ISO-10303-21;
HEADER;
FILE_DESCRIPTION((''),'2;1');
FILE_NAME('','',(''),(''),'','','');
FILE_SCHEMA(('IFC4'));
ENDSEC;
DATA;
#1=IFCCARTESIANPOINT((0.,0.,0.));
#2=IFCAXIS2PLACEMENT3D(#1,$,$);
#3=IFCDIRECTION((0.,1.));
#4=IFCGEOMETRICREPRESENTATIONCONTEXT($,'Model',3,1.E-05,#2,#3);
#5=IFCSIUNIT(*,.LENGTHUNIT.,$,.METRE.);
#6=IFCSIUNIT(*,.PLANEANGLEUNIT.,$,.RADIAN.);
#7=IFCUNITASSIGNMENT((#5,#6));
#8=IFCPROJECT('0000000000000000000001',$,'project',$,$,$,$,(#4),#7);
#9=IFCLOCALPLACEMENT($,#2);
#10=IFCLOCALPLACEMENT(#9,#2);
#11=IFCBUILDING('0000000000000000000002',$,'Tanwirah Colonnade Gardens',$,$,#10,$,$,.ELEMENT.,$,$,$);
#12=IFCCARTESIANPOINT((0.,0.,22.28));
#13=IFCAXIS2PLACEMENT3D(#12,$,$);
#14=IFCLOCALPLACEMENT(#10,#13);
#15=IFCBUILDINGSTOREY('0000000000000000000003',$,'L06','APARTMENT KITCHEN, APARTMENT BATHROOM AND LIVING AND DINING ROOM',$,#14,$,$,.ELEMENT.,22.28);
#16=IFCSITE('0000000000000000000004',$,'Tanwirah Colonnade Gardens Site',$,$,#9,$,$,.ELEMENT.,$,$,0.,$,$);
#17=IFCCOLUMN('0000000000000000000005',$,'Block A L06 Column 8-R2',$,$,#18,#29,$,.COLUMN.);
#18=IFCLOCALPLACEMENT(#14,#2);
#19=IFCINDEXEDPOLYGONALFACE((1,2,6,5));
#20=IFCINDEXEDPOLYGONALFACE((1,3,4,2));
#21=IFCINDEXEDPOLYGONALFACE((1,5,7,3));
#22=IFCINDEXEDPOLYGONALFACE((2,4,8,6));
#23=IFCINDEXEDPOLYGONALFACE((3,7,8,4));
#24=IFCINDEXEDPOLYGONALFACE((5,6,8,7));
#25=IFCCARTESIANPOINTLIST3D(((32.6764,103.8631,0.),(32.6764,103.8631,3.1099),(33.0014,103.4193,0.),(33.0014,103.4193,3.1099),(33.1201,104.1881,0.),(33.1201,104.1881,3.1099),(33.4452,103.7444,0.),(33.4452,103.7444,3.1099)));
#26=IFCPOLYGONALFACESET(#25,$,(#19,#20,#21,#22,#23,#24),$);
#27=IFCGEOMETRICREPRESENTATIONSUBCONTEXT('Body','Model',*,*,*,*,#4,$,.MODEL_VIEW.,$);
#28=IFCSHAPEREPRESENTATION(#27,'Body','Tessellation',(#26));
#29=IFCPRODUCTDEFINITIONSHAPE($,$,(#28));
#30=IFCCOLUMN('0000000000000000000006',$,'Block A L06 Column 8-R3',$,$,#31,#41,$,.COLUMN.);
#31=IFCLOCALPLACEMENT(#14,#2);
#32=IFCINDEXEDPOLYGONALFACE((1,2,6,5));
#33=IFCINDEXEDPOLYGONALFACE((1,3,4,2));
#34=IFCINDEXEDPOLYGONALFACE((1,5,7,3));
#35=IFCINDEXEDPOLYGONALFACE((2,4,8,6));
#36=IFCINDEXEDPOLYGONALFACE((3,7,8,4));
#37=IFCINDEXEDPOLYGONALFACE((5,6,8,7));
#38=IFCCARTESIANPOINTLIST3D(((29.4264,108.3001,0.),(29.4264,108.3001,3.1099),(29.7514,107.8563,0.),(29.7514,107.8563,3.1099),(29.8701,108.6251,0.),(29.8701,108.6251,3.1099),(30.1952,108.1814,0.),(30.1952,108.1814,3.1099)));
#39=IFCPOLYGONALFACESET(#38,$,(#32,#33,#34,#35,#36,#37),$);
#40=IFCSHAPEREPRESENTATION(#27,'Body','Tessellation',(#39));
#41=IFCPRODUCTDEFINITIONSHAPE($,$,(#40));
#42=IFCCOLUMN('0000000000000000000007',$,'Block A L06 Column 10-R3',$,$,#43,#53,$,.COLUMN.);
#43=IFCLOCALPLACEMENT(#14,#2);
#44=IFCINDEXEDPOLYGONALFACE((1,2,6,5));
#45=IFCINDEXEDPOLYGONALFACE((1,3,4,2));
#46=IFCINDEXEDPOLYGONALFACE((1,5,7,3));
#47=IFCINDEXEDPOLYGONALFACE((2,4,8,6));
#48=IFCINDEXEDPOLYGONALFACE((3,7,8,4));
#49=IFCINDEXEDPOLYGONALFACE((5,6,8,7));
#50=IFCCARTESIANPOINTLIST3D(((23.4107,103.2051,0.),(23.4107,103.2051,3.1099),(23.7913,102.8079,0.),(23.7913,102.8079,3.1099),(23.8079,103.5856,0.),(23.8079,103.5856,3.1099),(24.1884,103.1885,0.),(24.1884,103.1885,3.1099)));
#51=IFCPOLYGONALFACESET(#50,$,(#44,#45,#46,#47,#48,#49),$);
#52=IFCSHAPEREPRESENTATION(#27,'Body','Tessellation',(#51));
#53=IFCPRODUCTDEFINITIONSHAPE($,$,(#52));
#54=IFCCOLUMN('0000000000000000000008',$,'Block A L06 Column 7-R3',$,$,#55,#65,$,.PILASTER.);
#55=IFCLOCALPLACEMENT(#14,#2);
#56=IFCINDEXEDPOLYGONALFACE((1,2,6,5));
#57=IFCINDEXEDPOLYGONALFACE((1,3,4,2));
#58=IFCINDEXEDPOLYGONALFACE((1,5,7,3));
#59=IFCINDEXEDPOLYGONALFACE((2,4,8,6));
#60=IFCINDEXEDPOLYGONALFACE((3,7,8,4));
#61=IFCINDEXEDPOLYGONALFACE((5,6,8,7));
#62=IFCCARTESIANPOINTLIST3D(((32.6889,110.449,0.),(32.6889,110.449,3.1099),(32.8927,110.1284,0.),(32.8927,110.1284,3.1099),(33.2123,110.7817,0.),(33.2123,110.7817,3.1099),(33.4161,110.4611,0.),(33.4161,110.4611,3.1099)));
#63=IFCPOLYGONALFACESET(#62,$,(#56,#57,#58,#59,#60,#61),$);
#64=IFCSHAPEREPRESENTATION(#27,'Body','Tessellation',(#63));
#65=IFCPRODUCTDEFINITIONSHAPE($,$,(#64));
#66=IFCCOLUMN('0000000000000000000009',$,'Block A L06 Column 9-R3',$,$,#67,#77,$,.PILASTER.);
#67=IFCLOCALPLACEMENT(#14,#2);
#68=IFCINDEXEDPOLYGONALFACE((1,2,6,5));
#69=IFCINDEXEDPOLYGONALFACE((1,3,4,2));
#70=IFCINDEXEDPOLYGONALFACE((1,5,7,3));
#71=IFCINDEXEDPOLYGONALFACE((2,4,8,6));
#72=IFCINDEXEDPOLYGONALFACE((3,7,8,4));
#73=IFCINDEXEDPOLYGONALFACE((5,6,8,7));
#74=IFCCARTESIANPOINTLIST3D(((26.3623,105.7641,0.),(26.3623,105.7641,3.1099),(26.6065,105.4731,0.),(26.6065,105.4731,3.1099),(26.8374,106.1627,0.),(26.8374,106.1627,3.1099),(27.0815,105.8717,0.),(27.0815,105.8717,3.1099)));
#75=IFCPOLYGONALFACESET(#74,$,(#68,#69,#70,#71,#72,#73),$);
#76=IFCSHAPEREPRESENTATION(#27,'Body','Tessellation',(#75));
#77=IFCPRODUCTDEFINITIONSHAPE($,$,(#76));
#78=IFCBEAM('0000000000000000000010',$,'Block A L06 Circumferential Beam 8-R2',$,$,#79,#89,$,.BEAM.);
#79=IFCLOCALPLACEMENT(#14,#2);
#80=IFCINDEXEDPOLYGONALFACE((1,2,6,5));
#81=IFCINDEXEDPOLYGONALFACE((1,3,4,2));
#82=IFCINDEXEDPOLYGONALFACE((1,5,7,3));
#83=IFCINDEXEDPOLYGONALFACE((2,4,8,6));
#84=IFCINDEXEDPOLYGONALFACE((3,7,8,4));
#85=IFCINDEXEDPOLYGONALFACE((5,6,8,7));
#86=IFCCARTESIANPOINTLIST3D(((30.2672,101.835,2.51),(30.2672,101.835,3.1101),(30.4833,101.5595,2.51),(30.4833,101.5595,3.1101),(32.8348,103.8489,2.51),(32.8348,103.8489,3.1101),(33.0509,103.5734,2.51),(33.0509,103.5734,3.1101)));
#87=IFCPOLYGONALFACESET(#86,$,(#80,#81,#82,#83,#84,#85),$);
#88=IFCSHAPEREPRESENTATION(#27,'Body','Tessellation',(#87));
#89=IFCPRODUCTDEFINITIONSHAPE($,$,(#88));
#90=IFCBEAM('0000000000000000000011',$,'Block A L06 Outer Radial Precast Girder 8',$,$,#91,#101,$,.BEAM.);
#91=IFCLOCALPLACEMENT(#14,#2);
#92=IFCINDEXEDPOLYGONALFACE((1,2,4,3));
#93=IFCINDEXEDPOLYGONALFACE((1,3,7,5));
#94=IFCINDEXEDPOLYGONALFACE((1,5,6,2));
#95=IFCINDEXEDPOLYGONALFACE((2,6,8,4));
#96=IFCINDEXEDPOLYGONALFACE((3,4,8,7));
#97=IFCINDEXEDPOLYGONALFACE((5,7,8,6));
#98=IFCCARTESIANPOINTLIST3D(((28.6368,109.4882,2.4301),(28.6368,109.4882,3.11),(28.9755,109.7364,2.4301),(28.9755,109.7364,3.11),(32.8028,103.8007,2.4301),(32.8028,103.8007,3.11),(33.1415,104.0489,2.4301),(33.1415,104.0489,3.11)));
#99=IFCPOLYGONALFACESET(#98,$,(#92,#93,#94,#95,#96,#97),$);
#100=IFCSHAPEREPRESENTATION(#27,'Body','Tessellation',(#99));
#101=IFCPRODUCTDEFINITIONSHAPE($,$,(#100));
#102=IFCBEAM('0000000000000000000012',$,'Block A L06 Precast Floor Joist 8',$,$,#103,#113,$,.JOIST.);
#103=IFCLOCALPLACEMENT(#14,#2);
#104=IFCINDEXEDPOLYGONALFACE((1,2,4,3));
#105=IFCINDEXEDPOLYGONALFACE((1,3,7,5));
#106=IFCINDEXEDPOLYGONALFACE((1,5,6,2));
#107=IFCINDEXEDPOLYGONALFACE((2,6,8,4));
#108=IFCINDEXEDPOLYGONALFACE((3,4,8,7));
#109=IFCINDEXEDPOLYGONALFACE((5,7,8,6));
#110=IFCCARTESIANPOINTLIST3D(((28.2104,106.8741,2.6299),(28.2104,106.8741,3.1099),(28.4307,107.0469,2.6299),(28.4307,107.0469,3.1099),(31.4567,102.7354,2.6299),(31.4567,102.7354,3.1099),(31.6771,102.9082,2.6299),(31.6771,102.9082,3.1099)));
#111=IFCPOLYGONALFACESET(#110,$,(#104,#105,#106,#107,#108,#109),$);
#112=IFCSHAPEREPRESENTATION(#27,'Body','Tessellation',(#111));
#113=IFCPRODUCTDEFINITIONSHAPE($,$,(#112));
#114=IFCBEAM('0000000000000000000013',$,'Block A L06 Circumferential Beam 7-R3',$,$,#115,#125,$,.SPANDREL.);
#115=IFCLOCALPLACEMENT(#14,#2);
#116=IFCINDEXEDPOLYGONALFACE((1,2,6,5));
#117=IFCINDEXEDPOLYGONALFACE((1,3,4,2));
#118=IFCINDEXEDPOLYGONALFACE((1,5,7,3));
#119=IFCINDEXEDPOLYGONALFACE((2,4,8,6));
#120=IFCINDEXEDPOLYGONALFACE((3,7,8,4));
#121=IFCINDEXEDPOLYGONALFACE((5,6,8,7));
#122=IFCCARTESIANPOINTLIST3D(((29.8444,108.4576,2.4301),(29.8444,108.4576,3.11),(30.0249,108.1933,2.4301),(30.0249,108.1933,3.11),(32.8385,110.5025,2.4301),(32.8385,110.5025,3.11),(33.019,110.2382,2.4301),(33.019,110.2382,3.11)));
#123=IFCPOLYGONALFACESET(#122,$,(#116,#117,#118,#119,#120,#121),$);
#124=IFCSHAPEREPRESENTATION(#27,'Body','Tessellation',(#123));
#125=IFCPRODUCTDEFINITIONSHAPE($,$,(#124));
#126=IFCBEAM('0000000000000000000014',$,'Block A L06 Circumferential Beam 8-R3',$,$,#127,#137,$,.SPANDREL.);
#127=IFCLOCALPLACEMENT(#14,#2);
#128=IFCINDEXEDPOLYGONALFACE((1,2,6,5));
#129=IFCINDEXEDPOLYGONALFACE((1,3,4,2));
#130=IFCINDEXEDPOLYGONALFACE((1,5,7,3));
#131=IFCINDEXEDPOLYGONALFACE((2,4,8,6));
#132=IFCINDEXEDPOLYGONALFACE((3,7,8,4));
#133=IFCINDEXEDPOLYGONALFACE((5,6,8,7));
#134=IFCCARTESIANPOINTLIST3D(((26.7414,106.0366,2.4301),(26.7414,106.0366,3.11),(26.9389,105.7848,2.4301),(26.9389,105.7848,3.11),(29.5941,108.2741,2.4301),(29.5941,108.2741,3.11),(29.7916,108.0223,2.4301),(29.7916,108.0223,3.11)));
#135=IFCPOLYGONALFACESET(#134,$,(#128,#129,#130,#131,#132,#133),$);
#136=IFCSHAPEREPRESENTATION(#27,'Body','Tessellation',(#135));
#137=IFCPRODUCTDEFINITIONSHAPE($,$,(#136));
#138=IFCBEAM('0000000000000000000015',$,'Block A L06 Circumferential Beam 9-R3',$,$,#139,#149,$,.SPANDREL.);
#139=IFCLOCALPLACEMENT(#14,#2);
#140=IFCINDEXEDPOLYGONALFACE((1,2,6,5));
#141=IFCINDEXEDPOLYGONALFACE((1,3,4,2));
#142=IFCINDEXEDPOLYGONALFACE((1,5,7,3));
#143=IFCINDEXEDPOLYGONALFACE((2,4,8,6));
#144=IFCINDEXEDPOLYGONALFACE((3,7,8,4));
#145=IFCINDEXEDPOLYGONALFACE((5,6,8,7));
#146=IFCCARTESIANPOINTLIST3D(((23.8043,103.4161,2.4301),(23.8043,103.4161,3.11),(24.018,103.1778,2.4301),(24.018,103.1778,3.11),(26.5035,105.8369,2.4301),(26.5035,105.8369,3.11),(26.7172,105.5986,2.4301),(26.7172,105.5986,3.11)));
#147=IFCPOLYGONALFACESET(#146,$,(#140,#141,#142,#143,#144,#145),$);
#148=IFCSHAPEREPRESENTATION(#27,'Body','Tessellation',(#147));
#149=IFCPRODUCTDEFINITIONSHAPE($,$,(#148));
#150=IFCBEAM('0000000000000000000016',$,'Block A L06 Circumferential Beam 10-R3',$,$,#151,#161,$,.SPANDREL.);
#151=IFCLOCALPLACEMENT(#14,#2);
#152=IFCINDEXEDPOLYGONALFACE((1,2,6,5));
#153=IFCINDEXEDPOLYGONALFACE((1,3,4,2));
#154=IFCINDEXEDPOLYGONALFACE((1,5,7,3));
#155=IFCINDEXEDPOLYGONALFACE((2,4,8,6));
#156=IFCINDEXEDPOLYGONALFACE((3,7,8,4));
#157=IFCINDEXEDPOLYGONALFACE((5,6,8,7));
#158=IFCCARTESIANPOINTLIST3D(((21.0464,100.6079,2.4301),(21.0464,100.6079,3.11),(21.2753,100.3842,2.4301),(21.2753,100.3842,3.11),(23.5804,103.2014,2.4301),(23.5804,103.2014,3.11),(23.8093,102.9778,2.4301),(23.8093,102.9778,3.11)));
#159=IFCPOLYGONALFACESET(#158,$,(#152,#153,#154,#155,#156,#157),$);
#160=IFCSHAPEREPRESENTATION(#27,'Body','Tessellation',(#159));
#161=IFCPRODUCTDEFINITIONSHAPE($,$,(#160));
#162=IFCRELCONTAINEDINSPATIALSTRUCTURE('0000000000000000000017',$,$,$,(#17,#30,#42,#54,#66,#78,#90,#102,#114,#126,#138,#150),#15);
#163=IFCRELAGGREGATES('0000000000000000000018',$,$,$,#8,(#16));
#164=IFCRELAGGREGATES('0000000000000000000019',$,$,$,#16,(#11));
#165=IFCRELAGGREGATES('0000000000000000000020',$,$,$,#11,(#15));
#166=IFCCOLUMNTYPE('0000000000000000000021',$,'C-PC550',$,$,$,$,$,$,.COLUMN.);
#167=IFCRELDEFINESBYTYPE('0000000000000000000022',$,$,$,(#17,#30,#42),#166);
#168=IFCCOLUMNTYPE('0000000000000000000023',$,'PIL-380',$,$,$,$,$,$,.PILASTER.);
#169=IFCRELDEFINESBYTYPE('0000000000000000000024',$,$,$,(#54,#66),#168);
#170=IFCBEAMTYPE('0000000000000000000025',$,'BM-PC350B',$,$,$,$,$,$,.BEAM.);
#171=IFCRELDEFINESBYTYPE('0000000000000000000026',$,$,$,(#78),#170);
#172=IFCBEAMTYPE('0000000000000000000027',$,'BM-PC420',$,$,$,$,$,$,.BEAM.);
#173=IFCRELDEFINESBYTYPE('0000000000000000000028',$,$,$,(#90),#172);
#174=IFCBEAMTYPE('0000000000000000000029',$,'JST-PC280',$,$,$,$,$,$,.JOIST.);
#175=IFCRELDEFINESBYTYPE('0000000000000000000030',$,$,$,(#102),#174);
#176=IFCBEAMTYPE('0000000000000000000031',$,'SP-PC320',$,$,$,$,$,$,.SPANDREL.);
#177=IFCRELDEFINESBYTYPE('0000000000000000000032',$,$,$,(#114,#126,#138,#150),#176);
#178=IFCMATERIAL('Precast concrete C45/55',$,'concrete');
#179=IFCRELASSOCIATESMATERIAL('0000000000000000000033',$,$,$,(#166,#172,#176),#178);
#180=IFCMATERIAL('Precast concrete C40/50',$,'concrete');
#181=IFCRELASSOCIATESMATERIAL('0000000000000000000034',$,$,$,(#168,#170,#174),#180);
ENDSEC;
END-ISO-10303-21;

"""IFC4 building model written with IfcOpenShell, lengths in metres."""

from ifc_helpers import new_model, si_unit, direction, frame, origin, origin_2d, place, context, subcontext, project, spatial, rectangle, extrude, material, material_profile, profile_set, type_object, element, save


model = new_model("IFC4")

# Units and contexts
model_context = context("Model", 3, precision=1e-05, world=origin(), true_north=direction((0.0, 1.0)))
body_context = subcontext(model_context, "Body", "Model", "MODEL_VIEW")
ifc_project = project(units=[si_unit("LENGTHUNIT", "METRE"), si_unit("PLANEANGLEUNIT", "RADIAN")], contexts=[model_context])

# Site, building, storey
site_placement = place(None, origin())
site = spatial("IfcSite", under=ifc_project, at=site_placement, Name="Tanwirah Colonnade Gardens Site", CompositionType="ELEMENT", RefElevation=0.0)
building_placement = place(site_placement, origin())
building = spatial("IfcBuilding", under=site, at=building_placement, Name="Tanwirah Colonnade Gardens", CompositionType="ELEMENT")
storey_placement = place(building_placement, frame((0.0, 0.0, 22.28)))
storey = spatial("IfcBuildingStorey", under=building, at=storey_placement, Name="L06", Description="APARTMENT KITCHEN, APARTMENT BATHROOM AND LIVING AND DINING ROOM", CompositionType="ELEMENT", Elevation=22.28)

# Columns
ifc_material_1 = material(Name="Precast concrete C45/55", Category="concrete")
ifc_material_profile_1 = material_profile(ifc_material_1, rectangle(XDim=0.55, YDim=0.55, at=origin_2d()), Name="PC-COL 550x550")
ifc_profile_set_1 = profile_set([ifc_material_profile_1], Name="Precast concrete C45/55")
column_type_1 = type_object("IfcColumnType", Name="C-PC550", PredefinedType="COLUMN", material=ifc_profile_set_1)
for number, where, z_axis, x_axis, name in (
    (1, (33.0608, 103.8037, 0.0), (0.0, 0.0, 1.0), (-0.590919, 0.806731, 0.0), "Block A L06 Column 8-R2"),
    (2, (29.8108, 108.2407, 0.0), (0.0, 0.0, 1.0), (-0.590919, 0.806731, 0.0), "Block A L06 Column 8-R3"),
    (3, (23.7996, 103.1968, 0.0), (0.0, 0.0, 1.0), (-0.691863, 0.722029, 0.0), "Block A L06 Column 10-R3"),
):
    element("IfcColumn", number, at=place(storey_placement, frame(where, z_axis=z_axis, x_axis=x_axis)), inside=storey, type_object=column_type_1, Name=name, PredefinedType="COLUMN", context=body_context, shape_type="SweptSolid", body=[
        extrude(rectangle(XDim=0.55, YDim=0.55, at=origin_2d()), origin(), (0.0, 0.0, 1.0), 3.1099),
    ])
ifc_material_2 = material(Name="Precast concrete C40/50", Category="concrete")
ifc_material_profile_2 = material_profile(ifc_material_2, rectangle(XDim=0.3799, YDim=0.6201, at=origin_2d()), Name="PC-PIL 380x620")
ifc_profile_set_2 = profile_set([ifc_material_profile_2], Name="Precast concrete C40/50")
column_type_2 = type_object("IfcColumnType", Name="PIL-380", PredefinedType="PILASTER", material=ifc_profile_set_2)
for number, where, z_axis, x_axis, name in (
    (4, (33.0525, 110.4551, 0.0), (0.0, 0.0, 1.0), (-0.536482, 0.843912, 0.0), "Block A L06 Column 7-R3"),
    (5, (26.7219, 105.8179, 0.0), (0.0, 0.0, 1.0), (-0.642788, 0.766044, 0.0), "Block A L06 Column 9-R3"),
):
    element("IfcColumn", number, at=place(storey_placement, frame(where, z_axis=z_axis, x_axis=x_axis)), inside=storey, type_object=column_type_2, Name=name, PredefinedType="PILASTER", context=body_context, shape_type="SweptSolid", body=[
        extrude(rectangle(XDim=0.3799, YDim=0.6201, at=origin_2d()), origin(), (0.0, 0.0, 1.0), 3.1099),
    ])

# Beams
ifc_material_profile_3 = material_profile(ifc_material_2, rectangle(XDim=0.3501, YDim=0.6001, at=origin_2d()), Name="PC-BM 350x600")
ifc_profile_set_3 = profile_set([ifc_material_profile_3], Name="Precast concrete C40/50")
beam_type_1 = type_object("IfcBeamType", Name="BM-PC350B", PredefinedType="BEAM", material=ifc_profile_set_3)
beam_1_placement = place(storey_placement, frame((32.9429, 103.7112, 2.8101), z_axis=(-0.78684, -0.617157, 0.0), x_axis=(0.617157, -0.78684, 0.0)))
element("IfcBeam", 6, at=beam_1_placement, inside=storey, type_object=beam_type_1, Name="Block A L06 Circumferential Beam 8-R2", PredefinedType="BEAM", context=body_context, shape_type="SweptSolid", body=[
    extrude(rectangle(XDim=0.3501, YDim=0.6001, at=origin_2d()), origin(), (0.0, 0.0, 1.0), 3.2632),
])
ifc_material_profile_4 = material_profile(ifc_material_1, rectangle(XDim=0.4199, YDim=0.6799, at=origin_2d()), Name="PC-BM 420x680")
ifc_profile_set_4 = profile_set([ifc_material_profile_4], Name="Precast concrete C45/55")
beam_type_2 = type_object("IfcBeamType", Name="BM-PC420", PredefinedType="BEAM", material=ifc_profile_set_4)
beam_2_placement = place(storey_placement, frame((32.9722, 103.9248, 2.77), z_axis=(-0.590919, 0.806731, 0.0), x_axis=(-0.806731, -0.590919, 0.0)))
element("IfcBeam", 7, at=beam_2_placement, inside=storey, type_object=beam_type_2, Name="Block A L06 Outer Radial Precast Girder 8", PredefinedType="BEAM", context=body_context, shape_type="SweptSolid", body=[
    extrude(rectangle(XDim=0.4199, YDim=0.6799, at=origin_2d()), origin(), (0.0, 0.0, 1.0), 7.05),
])
ifc_material_profile_5 = material_profile(ifc_material_2, rectangle(XDim=0.28, YDim=0.48, at=origin_2d()), Name="PC-JST 280x480")
ifc_profile_set_5 = profile_set([ifc_material_profile_5], Name="Precast concrete C40/50")
beam_type_3 = type_object("IfcBeamType", Name="JST-PC280", PredefinedType="JOIST", material=ifc_profile_set_5)
beam_3_placement = place(storey_placement, frame((31.5669, 102.8218, 2.8699), z_axis=(-0.617178, 0.786824, 0.0), x_axis=(-0.786824, -0.617178, 0.0)))
element("IfcBeam", 8, at=beam_3_placement, inside=storey, type_object=beam_type_3, Name="Block A L06 Precast Floor Joist 8", PredefinedType="JOIST", context=body_context, shape_type="SweptSolid", body=[
    extrude(rectangle(XDim=0.28, YDim=0.48, at=origin_2d()), origin(), (0.0, 0.0, 1.0), 5.26),
])
ifc_material_profile_6 = material_profile(ifc_material_1, rectangle(XDim=0.3201, YDim=0.6799, at=origin_2d()), Name="PC-SP 320x680")
ifc_profile_set_6 = profile_set([ifc_material_profile_6], Name="Precast concrete C45/55")
beam_type_4 = type_object("IfcBeamType", Name="SP-PC320", PredefinedType="SPANDREL", material=ifc_profile_set_6)
beam_4_placement = place(storey_placement, frame((32.9287, 110.3704, 2.77), z_axis=(-0.825783, -0.563989, 0.0), x_axis=(0.563989, -0.825783, 0.0)))
element("IfcBeam", 9, at=beam_4_placement, inside=storey, type_object=beam_type_4, Name="Block A L06 Circumferential Beam 7-R3", PredefinedType="SPANDREL", context=body_context, shape_type="SweptSolid", body=[
    extrude(rectangle(XDim=0.3201, YDim=0.6799, at=origin_2d()), origin(), (0.0, 0.0, 1.0), 3.6257),
])
beam_5_placement = place(storey_placement, frame((29.6929, 108.1482, 2.77), z_axis=(-0.786844, -0.617152, 0.0), x_axis=(0.617152, -0.786844, 0.0)))
element("IfcBeam", 10, at=beam_5_placement, inside=storey, type_object=beam_type_4, Name="Block A L06 Circumferential Beam 8-R3", PredefinedType="SPANDREL", context=body_context, shape_type="SweptSolid", body=[
    extrude(rectangle(XDim=0.3201, YDim=0.6799, at=origin_2d()), origin(), (0.0, 0.0, 1.0), 3.6255),
])
beam_6_placement = place(storey_placement, frame((26.6104, 105.7178, 2.77), z_axis=(-0.744445, -0.667684, 0.0), x_axis=(0.667684, -0.744445, 0.0)))
element("IfcBeam", 11, at=beam_6_placement, inside=storey, type_object=beam_type_4, Name="Block A L06 Circumferential Beam 9-R3", PredefinedType="SPANDREL", context=body_context, shape_type="SweptSolid", body=[
    extrude(rectangle(XDim=0.3201, YDim=0.6799, at=origin_2d()), origin(), (0.0, 0.0, 1.0), 3.6257),
])
beam_7_placement = place(storey_placement, frame((23.6948, 103.0896, 2.77), z_axis=(-0.698844, -0.715274, 0.0), x_axis=(0.715274, -0.698844, 0.0)))
element("IfcBeam", 12, at=beam_7_placement, inside=storey, type_object=beam_type_4, Name="Block A L06 Circumferential Beam 10-R3", PredefinedType="SPANDREL", context=body_context, shape_type="SweptSolid", body=[
    extrude(rectangle(XDim=0.3201, YDim=0.6799, at=origin_2d()), origin(), (0.0, 0.0, 1.0), 3.626),
])

save(model, "model.ifc")
